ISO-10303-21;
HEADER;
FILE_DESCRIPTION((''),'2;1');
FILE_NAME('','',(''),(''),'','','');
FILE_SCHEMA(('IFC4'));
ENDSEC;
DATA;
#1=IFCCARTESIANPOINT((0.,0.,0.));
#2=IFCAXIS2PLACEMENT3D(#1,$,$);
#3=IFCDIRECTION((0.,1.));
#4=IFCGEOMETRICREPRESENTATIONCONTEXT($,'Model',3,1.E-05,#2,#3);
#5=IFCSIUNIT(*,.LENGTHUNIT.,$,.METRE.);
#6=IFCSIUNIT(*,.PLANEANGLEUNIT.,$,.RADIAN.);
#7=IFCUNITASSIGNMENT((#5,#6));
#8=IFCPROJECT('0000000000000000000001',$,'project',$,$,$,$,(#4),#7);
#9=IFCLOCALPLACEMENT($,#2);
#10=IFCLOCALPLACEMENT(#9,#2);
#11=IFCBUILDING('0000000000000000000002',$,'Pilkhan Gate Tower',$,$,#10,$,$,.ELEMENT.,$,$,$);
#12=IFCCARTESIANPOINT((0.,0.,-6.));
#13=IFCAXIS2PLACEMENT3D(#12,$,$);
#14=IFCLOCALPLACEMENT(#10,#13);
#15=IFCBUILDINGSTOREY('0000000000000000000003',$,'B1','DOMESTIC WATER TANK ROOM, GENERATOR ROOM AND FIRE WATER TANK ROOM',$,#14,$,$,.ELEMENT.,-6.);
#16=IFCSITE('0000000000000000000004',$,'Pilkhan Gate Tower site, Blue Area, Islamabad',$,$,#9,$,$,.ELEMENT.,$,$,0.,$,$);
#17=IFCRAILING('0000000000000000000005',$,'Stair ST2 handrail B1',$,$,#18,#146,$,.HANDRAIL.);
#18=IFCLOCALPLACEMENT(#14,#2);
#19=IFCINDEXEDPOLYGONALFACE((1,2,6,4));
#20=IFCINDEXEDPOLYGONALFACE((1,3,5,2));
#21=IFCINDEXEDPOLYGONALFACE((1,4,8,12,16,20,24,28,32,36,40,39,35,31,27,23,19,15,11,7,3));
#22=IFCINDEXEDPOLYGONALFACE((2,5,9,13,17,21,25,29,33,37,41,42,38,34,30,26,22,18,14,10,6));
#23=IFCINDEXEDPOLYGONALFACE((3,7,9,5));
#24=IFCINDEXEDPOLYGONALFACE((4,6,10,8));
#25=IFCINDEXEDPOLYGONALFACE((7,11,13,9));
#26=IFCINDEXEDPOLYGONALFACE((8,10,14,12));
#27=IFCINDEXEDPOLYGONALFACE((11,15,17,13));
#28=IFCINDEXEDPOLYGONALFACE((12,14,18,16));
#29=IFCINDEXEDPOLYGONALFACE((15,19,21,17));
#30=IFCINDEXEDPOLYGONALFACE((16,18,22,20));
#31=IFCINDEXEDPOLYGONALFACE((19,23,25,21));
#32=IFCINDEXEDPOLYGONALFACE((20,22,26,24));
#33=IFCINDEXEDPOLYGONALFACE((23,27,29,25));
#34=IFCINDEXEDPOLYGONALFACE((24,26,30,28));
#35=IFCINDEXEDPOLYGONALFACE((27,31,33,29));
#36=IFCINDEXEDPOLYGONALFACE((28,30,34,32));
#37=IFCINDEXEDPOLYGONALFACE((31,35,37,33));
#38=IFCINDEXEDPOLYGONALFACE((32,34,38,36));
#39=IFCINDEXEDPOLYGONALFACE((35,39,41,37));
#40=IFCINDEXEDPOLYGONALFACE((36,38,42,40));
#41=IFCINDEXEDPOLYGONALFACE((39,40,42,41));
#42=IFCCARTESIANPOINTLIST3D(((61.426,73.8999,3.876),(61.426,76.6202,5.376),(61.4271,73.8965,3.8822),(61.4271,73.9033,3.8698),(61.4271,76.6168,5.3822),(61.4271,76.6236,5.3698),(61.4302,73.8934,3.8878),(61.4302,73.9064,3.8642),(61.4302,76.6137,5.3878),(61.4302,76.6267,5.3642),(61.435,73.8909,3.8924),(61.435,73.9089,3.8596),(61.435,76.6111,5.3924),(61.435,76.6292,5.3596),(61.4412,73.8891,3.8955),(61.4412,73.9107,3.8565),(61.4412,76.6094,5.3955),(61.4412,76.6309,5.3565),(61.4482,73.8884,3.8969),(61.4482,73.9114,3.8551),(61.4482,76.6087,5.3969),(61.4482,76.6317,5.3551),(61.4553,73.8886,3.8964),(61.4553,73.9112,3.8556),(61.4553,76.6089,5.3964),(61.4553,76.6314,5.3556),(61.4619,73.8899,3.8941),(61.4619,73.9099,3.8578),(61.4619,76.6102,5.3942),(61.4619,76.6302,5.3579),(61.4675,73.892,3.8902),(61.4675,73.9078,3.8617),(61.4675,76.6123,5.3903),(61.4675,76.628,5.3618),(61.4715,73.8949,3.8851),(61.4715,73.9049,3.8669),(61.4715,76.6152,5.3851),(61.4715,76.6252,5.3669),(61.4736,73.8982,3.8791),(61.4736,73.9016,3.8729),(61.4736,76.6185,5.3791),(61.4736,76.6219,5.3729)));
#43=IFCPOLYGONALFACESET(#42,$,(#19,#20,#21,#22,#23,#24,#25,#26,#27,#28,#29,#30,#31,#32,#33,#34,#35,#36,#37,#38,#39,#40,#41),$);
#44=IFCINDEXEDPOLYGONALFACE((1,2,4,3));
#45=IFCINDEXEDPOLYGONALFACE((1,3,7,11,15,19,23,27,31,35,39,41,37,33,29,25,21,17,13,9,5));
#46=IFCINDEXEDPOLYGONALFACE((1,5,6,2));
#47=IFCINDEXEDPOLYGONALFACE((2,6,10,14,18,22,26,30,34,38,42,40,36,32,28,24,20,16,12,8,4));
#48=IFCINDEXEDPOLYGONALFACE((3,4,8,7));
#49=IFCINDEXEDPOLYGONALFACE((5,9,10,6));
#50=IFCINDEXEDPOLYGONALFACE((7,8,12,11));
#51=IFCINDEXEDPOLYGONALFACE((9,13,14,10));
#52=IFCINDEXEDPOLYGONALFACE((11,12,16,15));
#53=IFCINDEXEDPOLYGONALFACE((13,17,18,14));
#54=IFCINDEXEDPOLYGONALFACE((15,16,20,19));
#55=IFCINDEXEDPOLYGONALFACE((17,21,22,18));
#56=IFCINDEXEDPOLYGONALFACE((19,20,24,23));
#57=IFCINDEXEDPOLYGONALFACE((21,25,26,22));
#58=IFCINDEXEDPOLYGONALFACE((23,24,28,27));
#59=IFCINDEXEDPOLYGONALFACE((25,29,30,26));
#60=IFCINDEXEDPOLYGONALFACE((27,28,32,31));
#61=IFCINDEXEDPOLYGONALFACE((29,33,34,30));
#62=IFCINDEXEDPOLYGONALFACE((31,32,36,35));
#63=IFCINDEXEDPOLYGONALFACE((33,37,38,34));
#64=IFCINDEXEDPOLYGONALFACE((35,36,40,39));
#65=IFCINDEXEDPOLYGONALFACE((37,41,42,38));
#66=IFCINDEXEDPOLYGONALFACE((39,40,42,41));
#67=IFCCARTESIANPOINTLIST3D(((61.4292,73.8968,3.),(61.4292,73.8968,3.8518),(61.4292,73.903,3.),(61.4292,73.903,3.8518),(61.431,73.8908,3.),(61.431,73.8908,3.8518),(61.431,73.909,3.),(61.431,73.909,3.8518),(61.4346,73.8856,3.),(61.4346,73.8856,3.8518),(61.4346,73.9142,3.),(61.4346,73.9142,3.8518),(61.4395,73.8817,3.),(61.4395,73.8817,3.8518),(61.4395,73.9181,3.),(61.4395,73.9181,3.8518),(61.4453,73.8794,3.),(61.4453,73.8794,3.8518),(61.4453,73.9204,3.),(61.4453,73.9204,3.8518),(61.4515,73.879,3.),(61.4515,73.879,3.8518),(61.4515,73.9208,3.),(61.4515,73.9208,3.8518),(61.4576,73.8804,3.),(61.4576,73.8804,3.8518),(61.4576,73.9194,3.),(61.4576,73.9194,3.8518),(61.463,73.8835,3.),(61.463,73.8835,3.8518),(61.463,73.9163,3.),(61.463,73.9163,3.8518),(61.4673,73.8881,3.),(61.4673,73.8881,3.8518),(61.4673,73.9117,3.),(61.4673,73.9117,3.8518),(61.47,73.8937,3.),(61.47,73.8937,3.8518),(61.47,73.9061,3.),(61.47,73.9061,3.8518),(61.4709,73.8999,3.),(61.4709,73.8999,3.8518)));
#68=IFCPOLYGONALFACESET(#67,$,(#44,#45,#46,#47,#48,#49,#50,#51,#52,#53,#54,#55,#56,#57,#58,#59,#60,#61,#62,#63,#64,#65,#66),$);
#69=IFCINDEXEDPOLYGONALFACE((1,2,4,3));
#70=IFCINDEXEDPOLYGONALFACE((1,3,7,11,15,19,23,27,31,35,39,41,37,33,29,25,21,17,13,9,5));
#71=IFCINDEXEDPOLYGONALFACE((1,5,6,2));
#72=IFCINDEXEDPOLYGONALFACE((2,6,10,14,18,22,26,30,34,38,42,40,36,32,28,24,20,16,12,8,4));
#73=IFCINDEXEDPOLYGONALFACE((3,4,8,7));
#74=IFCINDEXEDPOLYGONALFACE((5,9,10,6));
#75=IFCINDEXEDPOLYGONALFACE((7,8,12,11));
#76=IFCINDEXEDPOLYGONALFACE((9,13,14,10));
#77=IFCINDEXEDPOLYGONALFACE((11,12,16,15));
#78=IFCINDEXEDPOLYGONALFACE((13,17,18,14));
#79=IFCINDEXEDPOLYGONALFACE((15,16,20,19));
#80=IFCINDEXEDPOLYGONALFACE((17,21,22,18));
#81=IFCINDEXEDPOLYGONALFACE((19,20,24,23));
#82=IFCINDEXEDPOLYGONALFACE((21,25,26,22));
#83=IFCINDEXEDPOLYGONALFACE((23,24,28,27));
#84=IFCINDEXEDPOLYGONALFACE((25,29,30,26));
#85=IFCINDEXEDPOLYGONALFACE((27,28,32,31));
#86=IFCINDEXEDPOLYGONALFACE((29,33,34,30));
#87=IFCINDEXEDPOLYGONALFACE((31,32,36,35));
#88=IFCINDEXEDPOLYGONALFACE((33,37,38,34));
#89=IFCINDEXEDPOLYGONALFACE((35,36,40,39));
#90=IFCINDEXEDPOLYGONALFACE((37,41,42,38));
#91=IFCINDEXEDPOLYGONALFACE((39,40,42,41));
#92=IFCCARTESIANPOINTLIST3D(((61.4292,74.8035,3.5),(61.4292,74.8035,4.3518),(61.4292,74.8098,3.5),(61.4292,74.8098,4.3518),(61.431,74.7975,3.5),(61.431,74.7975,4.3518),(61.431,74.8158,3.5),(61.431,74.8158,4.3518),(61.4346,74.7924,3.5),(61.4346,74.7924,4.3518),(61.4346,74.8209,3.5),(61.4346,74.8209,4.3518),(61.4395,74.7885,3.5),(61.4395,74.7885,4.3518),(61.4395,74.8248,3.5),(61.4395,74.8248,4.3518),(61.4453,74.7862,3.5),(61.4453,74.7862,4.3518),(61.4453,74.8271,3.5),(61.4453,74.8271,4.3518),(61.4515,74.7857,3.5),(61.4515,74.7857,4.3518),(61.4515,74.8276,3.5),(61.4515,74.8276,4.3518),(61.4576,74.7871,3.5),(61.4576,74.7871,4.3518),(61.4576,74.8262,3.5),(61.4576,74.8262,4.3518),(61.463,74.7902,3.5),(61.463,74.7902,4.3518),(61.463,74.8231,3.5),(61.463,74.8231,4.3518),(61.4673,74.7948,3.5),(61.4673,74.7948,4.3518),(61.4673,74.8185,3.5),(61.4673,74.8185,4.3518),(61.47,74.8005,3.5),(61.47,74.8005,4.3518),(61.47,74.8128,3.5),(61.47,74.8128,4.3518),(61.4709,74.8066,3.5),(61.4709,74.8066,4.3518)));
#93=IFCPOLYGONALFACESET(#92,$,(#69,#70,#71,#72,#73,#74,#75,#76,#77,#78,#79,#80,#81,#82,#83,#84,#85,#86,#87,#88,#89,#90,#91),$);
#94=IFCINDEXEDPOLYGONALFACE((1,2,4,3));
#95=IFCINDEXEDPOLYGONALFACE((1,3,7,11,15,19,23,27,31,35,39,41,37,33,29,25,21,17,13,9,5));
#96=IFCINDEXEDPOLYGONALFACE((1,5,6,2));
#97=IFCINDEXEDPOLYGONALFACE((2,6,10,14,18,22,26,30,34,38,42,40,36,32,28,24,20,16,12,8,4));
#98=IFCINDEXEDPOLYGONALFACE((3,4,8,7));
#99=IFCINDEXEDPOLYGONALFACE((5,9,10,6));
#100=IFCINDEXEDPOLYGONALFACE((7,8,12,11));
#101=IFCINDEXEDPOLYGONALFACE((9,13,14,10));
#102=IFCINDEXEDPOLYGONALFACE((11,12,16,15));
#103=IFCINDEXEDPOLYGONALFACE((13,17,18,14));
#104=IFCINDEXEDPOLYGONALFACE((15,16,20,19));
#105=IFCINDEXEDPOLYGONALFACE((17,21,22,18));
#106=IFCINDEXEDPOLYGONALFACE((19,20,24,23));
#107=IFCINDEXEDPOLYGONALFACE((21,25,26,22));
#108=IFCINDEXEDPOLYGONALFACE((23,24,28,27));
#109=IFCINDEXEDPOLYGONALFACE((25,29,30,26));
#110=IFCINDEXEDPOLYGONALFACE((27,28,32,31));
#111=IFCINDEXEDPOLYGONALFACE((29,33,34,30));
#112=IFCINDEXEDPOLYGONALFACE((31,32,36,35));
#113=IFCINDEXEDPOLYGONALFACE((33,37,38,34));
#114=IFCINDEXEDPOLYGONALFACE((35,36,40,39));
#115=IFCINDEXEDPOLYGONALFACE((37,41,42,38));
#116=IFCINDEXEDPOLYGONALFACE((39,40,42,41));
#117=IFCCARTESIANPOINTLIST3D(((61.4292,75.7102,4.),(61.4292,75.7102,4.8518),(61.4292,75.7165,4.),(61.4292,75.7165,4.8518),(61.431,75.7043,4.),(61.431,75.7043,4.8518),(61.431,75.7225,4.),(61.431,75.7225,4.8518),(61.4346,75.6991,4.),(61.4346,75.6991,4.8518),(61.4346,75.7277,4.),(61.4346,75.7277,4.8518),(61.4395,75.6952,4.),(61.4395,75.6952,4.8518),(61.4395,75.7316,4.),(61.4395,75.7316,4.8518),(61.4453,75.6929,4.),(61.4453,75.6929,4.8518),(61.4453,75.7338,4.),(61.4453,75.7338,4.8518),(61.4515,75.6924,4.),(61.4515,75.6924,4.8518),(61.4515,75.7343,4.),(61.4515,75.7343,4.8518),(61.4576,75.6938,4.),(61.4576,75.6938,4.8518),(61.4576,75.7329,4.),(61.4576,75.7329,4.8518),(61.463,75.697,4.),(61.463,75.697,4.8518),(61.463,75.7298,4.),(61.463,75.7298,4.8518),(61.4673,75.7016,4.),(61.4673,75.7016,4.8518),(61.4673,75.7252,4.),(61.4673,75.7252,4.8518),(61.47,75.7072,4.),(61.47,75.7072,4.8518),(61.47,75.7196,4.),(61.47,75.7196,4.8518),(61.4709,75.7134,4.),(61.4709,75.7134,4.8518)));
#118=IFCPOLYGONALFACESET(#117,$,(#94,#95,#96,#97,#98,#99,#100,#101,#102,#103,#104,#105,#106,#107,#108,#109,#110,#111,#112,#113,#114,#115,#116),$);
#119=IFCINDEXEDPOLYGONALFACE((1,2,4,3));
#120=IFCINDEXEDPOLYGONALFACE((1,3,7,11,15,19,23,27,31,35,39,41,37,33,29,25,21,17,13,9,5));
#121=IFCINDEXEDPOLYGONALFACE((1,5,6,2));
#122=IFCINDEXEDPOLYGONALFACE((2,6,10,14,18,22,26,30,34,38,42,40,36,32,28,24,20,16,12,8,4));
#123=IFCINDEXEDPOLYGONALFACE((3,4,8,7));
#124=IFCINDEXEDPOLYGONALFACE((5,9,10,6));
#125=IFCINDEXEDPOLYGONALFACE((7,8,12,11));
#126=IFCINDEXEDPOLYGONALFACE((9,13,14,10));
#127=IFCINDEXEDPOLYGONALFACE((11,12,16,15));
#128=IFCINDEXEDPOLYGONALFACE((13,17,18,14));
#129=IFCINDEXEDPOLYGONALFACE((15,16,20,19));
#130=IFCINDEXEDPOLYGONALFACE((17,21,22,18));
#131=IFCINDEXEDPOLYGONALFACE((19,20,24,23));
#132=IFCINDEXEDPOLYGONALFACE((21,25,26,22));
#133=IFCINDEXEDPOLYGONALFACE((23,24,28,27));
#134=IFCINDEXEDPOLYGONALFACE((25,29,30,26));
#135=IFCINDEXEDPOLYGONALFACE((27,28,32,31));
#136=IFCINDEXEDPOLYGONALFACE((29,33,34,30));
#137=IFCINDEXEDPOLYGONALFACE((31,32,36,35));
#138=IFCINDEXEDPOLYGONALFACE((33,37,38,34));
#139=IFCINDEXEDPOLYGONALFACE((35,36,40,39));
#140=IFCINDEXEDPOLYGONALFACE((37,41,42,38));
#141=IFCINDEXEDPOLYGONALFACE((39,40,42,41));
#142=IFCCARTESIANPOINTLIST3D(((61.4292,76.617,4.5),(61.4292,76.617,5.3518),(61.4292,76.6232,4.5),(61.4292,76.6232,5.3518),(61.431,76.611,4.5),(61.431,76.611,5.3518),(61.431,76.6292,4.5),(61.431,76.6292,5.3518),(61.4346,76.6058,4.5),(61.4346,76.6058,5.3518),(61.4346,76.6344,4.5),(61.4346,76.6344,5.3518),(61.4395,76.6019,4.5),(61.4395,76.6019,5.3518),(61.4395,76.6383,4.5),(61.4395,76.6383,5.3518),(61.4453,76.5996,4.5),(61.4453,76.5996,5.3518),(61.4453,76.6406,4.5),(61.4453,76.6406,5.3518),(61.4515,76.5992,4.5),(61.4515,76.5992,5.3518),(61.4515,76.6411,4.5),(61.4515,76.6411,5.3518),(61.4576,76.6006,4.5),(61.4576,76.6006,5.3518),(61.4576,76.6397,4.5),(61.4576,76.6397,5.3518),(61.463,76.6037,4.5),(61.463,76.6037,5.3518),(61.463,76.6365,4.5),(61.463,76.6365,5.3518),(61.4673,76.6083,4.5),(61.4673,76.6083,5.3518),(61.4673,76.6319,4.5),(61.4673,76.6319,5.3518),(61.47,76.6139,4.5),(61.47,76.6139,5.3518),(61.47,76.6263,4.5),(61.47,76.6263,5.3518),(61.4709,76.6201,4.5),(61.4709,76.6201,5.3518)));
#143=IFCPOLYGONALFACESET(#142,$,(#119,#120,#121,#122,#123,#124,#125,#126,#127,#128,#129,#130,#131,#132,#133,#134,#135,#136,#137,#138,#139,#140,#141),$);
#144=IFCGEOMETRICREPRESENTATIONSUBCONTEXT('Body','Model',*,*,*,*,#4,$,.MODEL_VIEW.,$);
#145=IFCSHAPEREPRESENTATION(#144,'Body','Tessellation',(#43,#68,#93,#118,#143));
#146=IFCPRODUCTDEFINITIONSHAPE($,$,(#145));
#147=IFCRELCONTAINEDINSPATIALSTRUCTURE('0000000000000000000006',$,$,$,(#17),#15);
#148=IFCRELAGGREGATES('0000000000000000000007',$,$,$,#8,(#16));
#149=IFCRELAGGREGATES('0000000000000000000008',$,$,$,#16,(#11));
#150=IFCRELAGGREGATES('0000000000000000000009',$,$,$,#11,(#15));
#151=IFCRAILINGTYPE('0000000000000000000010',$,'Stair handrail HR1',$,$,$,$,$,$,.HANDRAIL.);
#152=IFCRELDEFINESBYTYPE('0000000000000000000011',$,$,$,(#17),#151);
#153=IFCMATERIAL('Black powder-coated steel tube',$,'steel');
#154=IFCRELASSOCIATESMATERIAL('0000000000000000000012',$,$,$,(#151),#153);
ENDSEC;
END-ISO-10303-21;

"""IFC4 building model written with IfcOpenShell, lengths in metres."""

from ifc_helpers import new_model, si_unit, direction, frame, origin, origin_2d, place, context, subcontext, project, spatial, circle, extrude, material, type_object, element, save


model = new_model("IFC4")

# Units and contexts
model_context = context("Model", 3, precision=1e-05, world=origin(), true_north=direction((0.0, 1.0)))
body_context = subcontext(model_context, "Body", "Model", "MODEL_VIEW")
ifc_project = project(units=[si_unit("LENGTHUNIT", "METRE"), si_unit("PLANEANGLEUNIT", "RADIAN")], contexts=[model_context])

# Site, building, storey
site_placement = place(None, origin())
site = spatial("IfcSite", under=ifc_project, at=site_placement, Name="Pilkhan Gate Tower site, Blue Area, Islamabad", CompositionType="ELEMENT", RefElevation=0.0)
building_placement = place(site_placement, origin())
building = spatial("IfcBuilding", under=site, at=building_placement, Name="Pilkhan Gate Tower", CompositionType="ELEMENT")
storey_placement = place(building_placement, frame((0.0, 0.0, -6.0)))
storey = spatial("IfcBuildingStorey", under=building, at=storey_placement, Name="B1", Description="DOMESTIC WATER TANK ROOM, GENERATOR ROOM AND FIRE WATER TANK ROOM", CompositionType="ELEMENT", Elevation=-6.0)

# Railing
ifc_material_1 = material(Name="Black powder-coated steel tube", Category="steel")
railing_type_1 = type_object("IfcRailingType", Name="Stair handrail HR1", PredefinedType="HANDRAIL", material=ifc_material_1)
railing_1_placement = place(storey_placement, frame((61.45, 73.8999, 3.0)))
element("IfcRailing", 1, at=railing_1_placement, inside=storey, type_object=railing_type_1, Name="Stair ST2 handrail B1", PredefinedType="HANDRAIL", context=body_context, shape_type="SweptSolid", body=[
    extrude(circle(Radius=0.0239, at=origin_2d()), frame((0.0, 0.0, 0.876), z_axis=(0.0, 0.875688, 0.482878), x_axis=(-1.0, 0.0, 0.0)), (0.0, 0.0, 1.0), 3.1064),
    extrude(circle(Radius=0.021, at=origin_2d()), origin(), (0.0, 0.0, 1.0), 0.8518),
    extrude(circle(Radius=0.021, at=origin_2d()), frame((0.0, 0.9067, 0.5)), (0.0, 0.0, 1.0), 0.8518),
    extrude(circle(Radius=0.021, at=origin_2d()), frame((0.0, 1.8135, 1.0)), (0.0, 0.0, 1.0), 0.8518),
    extrude(circle(Radius=0.021, at=origin_2d()), frame((0.0, 2.7202, 1.5)), (0.0, 0.0, 1.0), 0.8518),
])

save(model, "model.ifc")
